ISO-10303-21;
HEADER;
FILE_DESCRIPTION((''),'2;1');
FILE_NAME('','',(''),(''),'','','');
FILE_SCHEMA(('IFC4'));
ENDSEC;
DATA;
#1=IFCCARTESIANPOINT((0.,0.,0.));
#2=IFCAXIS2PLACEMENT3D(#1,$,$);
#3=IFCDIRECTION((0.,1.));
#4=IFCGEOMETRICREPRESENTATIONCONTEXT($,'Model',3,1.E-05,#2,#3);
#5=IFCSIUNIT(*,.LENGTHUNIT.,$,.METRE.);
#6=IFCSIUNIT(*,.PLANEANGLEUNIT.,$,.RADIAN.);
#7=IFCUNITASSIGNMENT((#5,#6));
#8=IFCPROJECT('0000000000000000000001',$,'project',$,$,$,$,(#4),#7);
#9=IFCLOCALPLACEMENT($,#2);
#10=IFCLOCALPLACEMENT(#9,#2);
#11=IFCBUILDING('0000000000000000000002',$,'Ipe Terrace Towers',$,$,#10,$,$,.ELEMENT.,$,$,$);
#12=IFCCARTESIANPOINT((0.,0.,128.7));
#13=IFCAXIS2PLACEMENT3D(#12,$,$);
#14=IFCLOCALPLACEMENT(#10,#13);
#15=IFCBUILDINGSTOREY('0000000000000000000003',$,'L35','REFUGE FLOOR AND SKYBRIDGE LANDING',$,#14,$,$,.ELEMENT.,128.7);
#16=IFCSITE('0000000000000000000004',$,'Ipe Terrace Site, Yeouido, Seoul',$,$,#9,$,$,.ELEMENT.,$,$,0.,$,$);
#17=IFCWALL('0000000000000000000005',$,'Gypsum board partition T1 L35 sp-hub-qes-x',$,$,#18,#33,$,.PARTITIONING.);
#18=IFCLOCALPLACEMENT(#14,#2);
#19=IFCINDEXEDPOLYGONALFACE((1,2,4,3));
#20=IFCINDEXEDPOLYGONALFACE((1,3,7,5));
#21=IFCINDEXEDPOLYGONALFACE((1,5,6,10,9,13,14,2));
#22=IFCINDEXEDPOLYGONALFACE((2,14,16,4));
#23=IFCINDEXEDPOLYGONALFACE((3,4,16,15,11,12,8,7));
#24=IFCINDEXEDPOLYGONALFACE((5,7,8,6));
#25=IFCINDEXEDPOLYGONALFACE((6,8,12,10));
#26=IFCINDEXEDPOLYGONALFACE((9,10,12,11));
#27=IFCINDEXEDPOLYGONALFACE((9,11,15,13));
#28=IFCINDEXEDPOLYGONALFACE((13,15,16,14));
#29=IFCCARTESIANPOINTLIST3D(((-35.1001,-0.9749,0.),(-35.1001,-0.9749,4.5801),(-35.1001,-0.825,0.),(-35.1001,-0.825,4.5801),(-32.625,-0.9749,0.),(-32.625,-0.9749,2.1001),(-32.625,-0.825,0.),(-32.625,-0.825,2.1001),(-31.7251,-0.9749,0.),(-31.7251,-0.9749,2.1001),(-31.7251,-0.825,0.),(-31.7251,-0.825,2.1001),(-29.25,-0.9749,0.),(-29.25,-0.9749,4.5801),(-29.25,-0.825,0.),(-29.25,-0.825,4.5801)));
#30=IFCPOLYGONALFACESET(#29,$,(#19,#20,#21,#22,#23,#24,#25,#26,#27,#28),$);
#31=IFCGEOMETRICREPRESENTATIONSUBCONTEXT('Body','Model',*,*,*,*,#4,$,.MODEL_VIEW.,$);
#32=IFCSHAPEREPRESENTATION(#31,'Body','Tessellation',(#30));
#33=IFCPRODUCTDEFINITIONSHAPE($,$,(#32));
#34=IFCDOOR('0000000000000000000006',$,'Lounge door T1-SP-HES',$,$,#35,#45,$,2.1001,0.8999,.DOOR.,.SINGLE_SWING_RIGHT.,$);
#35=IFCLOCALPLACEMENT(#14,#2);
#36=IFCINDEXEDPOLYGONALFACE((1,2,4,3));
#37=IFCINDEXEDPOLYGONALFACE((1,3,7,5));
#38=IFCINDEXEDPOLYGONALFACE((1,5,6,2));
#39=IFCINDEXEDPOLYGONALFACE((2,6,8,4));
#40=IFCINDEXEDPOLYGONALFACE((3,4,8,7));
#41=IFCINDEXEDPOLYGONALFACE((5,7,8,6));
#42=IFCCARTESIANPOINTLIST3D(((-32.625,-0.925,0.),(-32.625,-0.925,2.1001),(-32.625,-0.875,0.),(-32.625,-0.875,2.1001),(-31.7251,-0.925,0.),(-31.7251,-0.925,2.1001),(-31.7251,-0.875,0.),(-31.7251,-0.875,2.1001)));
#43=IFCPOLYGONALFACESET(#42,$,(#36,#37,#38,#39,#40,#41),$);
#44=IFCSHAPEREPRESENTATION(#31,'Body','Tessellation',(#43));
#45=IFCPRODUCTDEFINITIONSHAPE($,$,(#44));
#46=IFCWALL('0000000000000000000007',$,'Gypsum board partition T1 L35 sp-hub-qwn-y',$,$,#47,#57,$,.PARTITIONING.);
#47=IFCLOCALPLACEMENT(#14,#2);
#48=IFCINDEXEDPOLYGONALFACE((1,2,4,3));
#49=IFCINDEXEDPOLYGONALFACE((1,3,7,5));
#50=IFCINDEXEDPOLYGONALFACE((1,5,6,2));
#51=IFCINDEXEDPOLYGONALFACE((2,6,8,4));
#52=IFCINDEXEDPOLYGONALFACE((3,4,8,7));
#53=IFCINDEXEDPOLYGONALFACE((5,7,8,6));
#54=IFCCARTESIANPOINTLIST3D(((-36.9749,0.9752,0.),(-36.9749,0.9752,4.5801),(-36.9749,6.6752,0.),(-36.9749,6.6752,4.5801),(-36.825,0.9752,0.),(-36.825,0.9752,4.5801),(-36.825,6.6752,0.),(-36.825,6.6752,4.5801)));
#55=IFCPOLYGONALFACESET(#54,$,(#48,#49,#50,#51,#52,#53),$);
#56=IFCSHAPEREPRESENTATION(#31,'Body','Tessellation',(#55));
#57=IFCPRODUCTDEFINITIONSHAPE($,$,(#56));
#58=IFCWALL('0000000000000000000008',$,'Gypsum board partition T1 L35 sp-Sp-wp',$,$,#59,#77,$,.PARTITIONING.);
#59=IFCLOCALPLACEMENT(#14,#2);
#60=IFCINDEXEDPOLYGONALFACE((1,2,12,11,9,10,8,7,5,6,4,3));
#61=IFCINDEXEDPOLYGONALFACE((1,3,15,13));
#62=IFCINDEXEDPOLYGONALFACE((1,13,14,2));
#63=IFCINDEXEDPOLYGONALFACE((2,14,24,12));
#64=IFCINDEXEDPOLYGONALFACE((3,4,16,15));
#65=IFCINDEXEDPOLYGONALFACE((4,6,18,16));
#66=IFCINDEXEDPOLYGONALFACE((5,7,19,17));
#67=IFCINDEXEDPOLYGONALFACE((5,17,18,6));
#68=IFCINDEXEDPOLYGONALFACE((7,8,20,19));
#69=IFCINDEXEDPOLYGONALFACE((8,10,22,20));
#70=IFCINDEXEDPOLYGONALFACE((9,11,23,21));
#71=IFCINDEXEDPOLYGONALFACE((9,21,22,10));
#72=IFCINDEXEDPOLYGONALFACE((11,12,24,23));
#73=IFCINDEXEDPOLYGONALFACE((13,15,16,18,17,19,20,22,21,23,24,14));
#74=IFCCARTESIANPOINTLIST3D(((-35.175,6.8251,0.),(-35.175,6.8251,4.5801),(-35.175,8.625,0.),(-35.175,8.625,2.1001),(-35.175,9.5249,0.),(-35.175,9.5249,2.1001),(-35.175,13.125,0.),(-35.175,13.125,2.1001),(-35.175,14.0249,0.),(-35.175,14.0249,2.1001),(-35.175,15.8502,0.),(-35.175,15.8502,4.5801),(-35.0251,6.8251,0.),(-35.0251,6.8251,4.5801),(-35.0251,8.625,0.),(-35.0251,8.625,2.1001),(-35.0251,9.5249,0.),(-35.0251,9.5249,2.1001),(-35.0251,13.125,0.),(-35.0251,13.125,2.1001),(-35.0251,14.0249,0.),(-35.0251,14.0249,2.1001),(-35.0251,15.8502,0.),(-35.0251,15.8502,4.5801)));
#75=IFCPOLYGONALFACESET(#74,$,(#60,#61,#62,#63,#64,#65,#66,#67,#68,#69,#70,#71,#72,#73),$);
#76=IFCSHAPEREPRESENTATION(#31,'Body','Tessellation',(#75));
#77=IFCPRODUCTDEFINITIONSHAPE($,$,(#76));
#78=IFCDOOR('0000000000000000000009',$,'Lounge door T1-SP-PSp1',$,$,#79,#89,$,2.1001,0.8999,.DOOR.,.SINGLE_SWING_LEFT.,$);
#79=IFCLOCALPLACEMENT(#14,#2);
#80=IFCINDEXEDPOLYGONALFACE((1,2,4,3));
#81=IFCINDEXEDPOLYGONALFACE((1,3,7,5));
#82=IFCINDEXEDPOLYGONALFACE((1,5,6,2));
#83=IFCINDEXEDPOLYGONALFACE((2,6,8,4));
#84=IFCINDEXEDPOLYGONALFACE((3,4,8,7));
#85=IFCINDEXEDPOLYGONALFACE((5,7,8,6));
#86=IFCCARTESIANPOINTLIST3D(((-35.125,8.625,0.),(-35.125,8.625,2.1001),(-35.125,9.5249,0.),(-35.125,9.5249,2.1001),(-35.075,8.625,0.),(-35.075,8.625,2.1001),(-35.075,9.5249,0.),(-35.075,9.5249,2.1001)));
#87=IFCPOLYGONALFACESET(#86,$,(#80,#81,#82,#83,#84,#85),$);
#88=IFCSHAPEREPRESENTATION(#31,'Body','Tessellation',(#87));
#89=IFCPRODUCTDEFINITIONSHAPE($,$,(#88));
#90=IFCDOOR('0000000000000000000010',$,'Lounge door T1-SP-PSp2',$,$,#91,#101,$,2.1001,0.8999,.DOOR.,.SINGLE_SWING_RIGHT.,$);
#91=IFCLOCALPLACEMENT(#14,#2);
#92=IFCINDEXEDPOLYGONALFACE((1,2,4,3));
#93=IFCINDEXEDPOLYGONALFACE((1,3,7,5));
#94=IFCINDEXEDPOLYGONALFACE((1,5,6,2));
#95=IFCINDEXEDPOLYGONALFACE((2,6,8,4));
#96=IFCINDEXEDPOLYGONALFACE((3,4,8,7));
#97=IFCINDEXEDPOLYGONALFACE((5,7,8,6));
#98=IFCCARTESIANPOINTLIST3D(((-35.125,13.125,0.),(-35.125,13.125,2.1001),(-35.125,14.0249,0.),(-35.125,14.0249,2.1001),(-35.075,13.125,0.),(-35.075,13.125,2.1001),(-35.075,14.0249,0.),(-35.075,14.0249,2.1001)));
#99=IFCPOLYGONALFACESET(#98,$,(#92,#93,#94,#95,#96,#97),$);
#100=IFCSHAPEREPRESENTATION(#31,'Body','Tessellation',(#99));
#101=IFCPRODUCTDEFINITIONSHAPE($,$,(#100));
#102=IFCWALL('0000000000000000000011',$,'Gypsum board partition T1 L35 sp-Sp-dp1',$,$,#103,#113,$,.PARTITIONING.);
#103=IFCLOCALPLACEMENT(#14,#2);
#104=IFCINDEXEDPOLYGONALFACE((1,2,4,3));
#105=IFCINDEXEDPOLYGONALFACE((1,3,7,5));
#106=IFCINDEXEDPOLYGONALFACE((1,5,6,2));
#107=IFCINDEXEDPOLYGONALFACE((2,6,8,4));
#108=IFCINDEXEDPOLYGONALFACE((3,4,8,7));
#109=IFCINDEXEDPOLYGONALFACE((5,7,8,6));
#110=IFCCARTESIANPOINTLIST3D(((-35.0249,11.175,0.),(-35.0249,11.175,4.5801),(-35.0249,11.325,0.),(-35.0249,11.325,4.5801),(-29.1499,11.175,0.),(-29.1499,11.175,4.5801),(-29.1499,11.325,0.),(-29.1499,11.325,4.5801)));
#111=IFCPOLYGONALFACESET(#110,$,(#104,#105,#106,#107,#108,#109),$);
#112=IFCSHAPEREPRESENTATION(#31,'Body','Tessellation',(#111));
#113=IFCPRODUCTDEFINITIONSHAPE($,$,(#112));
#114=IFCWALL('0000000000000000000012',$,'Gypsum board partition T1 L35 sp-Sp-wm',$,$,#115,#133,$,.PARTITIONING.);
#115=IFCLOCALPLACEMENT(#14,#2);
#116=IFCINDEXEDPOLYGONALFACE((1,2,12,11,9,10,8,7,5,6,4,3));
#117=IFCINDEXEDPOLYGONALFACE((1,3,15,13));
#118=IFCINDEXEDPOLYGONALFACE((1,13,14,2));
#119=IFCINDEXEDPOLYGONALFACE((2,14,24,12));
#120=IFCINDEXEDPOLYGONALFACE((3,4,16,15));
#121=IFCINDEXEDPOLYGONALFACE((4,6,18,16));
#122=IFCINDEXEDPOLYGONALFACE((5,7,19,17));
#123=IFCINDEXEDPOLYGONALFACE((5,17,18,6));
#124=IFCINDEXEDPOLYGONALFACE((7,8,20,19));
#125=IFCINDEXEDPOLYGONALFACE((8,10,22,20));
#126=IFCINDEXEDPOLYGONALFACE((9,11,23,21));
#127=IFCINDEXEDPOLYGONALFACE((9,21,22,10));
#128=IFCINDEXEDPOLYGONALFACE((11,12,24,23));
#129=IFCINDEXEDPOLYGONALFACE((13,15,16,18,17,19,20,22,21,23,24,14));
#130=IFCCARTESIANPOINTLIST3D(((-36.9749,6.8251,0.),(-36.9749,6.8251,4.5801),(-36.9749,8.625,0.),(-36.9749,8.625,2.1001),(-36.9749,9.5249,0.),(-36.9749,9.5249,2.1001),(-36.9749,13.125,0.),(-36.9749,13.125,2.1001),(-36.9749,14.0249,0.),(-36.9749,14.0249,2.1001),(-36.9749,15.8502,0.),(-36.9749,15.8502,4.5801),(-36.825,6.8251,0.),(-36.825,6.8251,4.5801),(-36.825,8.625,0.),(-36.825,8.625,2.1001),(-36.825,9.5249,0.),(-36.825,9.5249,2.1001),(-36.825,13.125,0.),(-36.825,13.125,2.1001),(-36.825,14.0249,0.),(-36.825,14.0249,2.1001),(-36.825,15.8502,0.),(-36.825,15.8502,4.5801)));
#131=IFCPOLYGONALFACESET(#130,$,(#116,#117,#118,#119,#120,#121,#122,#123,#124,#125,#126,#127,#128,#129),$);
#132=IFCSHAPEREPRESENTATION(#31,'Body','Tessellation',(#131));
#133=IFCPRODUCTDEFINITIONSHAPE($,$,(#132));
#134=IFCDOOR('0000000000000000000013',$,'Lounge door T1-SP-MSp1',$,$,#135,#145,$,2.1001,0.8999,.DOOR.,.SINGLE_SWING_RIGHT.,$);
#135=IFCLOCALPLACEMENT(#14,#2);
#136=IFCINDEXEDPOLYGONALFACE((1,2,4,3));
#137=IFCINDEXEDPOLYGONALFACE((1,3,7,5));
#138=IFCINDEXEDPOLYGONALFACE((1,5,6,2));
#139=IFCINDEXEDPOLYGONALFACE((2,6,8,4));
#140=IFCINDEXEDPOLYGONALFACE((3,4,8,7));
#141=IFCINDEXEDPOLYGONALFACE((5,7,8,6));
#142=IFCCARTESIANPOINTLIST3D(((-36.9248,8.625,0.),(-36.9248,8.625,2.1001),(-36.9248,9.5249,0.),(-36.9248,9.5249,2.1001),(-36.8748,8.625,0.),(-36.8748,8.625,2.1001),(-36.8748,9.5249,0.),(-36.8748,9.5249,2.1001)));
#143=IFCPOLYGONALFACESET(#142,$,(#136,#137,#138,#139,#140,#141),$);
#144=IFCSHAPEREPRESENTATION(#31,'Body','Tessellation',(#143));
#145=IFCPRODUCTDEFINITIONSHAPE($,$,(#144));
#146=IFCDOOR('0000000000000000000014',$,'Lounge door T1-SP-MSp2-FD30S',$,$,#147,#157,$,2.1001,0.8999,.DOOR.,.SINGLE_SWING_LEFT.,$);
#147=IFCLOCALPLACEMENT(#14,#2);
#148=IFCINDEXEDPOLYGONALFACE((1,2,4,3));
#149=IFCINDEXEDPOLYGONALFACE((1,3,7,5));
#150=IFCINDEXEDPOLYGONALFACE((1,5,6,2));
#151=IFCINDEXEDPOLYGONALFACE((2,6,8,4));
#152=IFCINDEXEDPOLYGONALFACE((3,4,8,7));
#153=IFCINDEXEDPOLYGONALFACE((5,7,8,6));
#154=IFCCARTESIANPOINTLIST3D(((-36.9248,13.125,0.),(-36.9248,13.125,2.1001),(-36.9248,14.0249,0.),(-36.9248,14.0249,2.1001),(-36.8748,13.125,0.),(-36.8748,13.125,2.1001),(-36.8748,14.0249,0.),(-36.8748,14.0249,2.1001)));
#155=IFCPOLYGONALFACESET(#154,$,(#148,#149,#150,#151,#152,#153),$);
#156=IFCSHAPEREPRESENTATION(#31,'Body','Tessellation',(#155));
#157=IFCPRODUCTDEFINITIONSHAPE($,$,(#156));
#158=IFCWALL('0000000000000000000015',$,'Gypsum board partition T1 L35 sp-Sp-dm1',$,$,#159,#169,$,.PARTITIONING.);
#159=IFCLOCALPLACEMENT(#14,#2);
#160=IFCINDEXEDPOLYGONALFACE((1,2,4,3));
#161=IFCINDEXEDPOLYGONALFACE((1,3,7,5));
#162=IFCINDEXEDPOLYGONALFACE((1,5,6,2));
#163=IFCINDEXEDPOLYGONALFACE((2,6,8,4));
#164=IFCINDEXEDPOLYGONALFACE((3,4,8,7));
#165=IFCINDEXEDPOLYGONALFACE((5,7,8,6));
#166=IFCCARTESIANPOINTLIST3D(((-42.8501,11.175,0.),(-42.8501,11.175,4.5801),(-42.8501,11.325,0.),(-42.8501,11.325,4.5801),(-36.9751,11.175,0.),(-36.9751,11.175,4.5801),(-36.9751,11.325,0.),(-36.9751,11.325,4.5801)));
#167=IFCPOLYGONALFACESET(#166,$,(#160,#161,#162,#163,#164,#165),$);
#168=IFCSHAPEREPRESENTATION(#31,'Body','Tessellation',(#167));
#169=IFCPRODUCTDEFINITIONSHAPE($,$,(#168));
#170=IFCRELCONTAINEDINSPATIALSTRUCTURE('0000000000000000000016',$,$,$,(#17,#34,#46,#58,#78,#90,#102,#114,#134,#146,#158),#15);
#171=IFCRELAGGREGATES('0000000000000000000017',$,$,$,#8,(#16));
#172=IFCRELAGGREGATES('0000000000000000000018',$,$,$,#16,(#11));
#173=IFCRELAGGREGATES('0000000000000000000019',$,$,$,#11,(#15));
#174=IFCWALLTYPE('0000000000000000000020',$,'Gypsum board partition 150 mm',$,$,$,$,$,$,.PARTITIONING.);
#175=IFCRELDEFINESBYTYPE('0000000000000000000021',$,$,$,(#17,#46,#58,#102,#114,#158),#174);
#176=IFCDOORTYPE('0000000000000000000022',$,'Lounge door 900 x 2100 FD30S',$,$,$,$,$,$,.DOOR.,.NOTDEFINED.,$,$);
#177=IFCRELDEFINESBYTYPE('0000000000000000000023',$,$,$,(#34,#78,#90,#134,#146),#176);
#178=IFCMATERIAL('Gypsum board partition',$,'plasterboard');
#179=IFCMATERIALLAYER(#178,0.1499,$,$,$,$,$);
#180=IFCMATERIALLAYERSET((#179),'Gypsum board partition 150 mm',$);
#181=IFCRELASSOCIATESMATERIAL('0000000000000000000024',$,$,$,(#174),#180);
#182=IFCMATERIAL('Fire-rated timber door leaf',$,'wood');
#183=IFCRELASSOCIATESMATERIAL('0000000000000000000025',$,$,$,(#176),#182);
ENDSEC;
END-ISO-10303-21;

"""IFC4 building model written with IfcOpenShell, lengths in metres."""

from ifc_helpers import new_model, si_unit, direction, frame, frame_2d, origin, place, context, subcontext, project, spatial, rectangle, extrude, material, layer, layer_set, type_object, element, fill, save


model = new_model("IFC4")

# Units and contexts
model_context = context("Model", 3, precision=1e-05, world=origin(), true_north=direction((0.0, 1.0)))
body_context = subcontext(model_context, "Body", "Model", "MODEL_VIEW")
ifc_project = project(units=[si_unit("LENGTHUNIT", "METRE"), si_unit("PLANEANGLEUNIT", "RADIAN")], contexts=[model_context])

# Site, building, storey
site_placement = place(None, origin())
site = spatial("IfcSite", under=ifc_project, at=site_placement, Name="Ipe Terrace Site, Yeouido, Seoul", CompositionType="ELEMENT", RefElevation=0.0)
building_placement = place(site_placement, origin())
building = spatial("IfcBuilding", under=site, at=building_placement, Name="Ipe Terrace Towers", CompositionType="ELEMENT")
storey_placement = place(building_placement, frame((0.0, 0.0, 128.7)))
storey = spatial("IfcBuildingStorey", under=building, at=storey_placement, Name="L35", Description="REFUGE FLOOR AND SKYBRIDGE LANDING", CompositionType="ELEMENT", Elevation=128.7)

# Shared definitions
ifc_material_1 = material(Name="Gypsum board partition", Category="plasterboard")
ifc_layer = layer(ifc_material_1, 0.1499)
ifc_layer_set = layer_set([ifc_layer], Name="Gypsum board partition 150 mm")
wall_type = type_object("IfcWallType", Name="Gypsum board partition 150 mm", PredefinedType="PARTITIONING", material=ifc_layer_set)
ifc_material_2 = material(Name="Fire-rated timber door leaf", Category="wood")
door_type = type_object("IfcDoorType", Name="Lounge door 900 x 2100 FD30S", OperationType="NOTDEFINED", PredefinedType="DOOR", material=ifc_material_2)

# Wall, opening, door
wall_1_placement = place(storey_placement, frame((-35.1001, -0.8999, 0.0), z_axis=(0.0, 0.0, 1.0), x_axis=(1.0, 0.0, 0.0)))
wall_1 = element("IfcWall", 1, at=wall_1_placement, inside=storey, type_object=wall_type, Name="Gypsum board partition T1 L35 sp-hub-qes-x", PredefinedType="PARTITIONING", context=body_context, shape_type="SweptSolid", body=[
    extrude(rectangle(XDim=5.8501, YDim=0.1499, at=frame_2d((2.925, 0.0))), origin(), (0.0, 0.0, 1.0), 4.5801),
])
opening_1_placement = place(wall_1_placement, frame((2.4751, 0.0, 0.0)))
opening_1 = element("IfcOpeningElement", 2, at=opening_1_placement, cuts=wall_1, PredefinedType="OPENING", context=body_context, shape_type="SweptSolid", body=[
    extrude(rectangle(XDim=0.8999, YDim=2.1001, at=frame_2d((0.45, 1.05))), frame((0.0, 0.085, 0.0), z_axis=(0.0, -1.0, 0.0), x_axis=(1.0, 0.0, 0.0)), (0.0, 0.0, 1.0), 0.1699),
])
door_1_placement = place(opening_1_placement, origin())
door_1 = element("IfcDoor", 3, at=door_1_placement, inside=storey, type_object=door_type, Name="Lounge door T1-SP-HES", OperationType="SINGLE_SWING_RIGHT", OverallHeight=2.1001, OverallWidth=0.8999, PredefinedType="DOOR", context=body_context, shape_type="SweptSolid", body=[
    extrude(rectangle(XDim=0.8999, YDim=2.1001, at=frame_2d((0.45, 1.05))), frame((0.0, 0.0249, 0.0), z_axis=(0.0, -1.0, 0.0), x_axis=(1.0, 0.0, 0.0)), (0.0, 0.0, 1.0), 0.05),
])
fill(opening_1, door_1)

# Wall
wall_2_placement = place(storey_placement, frame((-36.8999, 0.9751, 0.0), z_axis=(0.0, 0.0, 1.0), x_axis=(0.0, 1.0, 0.0)))
element("IfcWall", 4, at=wall_2_placement, inside=storey, type_object=wall_type, Name="Gypsum board partition T1 L35 sp-hub-qwn-y", PredefinedType="PARTITIONING", context=body_context, shape_type="SweptSolid", body=[
    extrude(rectangle(XDim=5.7, YDim=0.1499, at=frame_2d((2.8501, 0.0))), origin(), (0.0, 0.0, 1.0), 4.5801),
])

# Wall, openings, doors
wall_3_placement = place(storey_placement, frame((-35.1001, 6.825, 0.0), z_axis=(0.0, 0.0, 1.0), x_axis=(0.0, 1.0, 0.0)))
wall_3 = element("IfcWall", 5, at=wall_3_placement, inside=storey, type_object=wall_type, Name="Gypsum board partition T1 L35 sp-Sp-wp", PredefinedType="PARTITIONING", context=body_context, shape_type="SweptSolid", body=[
    extrude(rectangle(XDim=9.0251, YDim=0.1499, at=frame_2d((4.5127, 0.0))), origin(), (0.0, 0.0, 1.0), 4.5801),
])
opening_2_placement = place(wall_3_placement, frame((1.8, 0.0, 0.0)))
opening_2 = element("IfcOpeningElement", 6, at=opening_2_placement, cuts=wall_3, PredefinedType="OPENING", context=body_context, shape_type="SweptSolid", body=[
    extrude(rectangle(XDim=0.8999, YDim=2.1001, at=frame_2d((0.45, 1.05))), frame((0.0, 0.085, 0.0), z_axis=(0.0, -1.0, 0.0), x_axis=(1.0, 0.0, 0.0)), (0.0, 0.0, 1.0), 0.1699),
])
opening_3_placement = place(wall_3_placement, frame((6.3, 0.0, 0.0)))
opening_3 = element("IfcOpeningElement", 7, at=opening_3_placement, cuts=wall_3, PredefinedType="OPENING", context=body_context, shape_type="SweptSolid", body=[
    extrude(rectangle(XDim=0.8999, YDim=2.1001, at=frame_2d((0.45, 1.05))), frame((0.0, 0.085, 0.0), z_axis=(0.0, -1.0, 0.0), x_axis=(1.0, 0.0, 0.0)), (0.0, 0.0, 1.0), 0.1699),
])
door_2_placement = place(opening_2_placement, origin())
door_2 = element("IfcDoor", 8, at=door_2_placement, inside=storey, type_object=door_type, Name="Lounge door T1-SP-PSp1", OperationType="SINGLE_SWING_LEFT", OverallHeight=2.1001, OverallWidth=0.8999, PredefinedType="DOOR", context=body_context, shape_type="SweptSolid", body=[
    extrude(rectangle(XDim=0.8999, YDim=2.1001, at=frame_2d((0.45, 1.05))), frame((0.0, 0.0249, 0.0), z_axis=(0.0, -1.0, 0.0), x_axis=(1.0, 0.0, 0.0)), (0.0, 0.0, 1.0), 0.05),
])
fill(opening_2, door_2)
door_3_placement = place(opening_3_placement, origin())
door_3 = element("IfcDoor", 9, at=door_3_placement, inside=storey, type_object=door_type, Name="Lounge door T1-SP-PSp2", OperationType="SINGLE_SWING_RIGHT", OverallHeight=2.1001, OverallWidth=0.8999, PredefinedType="DOOR", context=body_context, shape_type="SweptSolid", body=[
    extrude(rectangle(XDim=0.8999, YDim=2.1001, at=frame_2d((0.45, 1.05))), frame((0.0, 0.0249, 0.0), z_axis=(0.0, -1.0, 0.0), x_axis=(1.0, 0.0, 0.0)), (0.0, 0.0, 1.0), 0.05),
])
fill(opening_3, door_3)

# Wall
wall_4_placement = place(storey_placement, frame((-35.0249, 11.25, 0.0), z_axis=(0.0, 0.0, 1.0), x_axis=(1.0, 0.0, 0.0)))
element("IfcWall", 10, at=wall_4_placement, inside=storey, type_object=wall_type, Name="Gypsum board partition T1 L35 sp-Sp-dp1", PredefinedType="PARTITIONING", context=body_context, shape_type="SweptSolid", body=[
    extrude(rectangle(XDim=5.875, YDim=0.1499, at=frame_2d((2.9375, 0.0))), origin(), (0.0, 0.0, 1.0), 4.5801),
])

# Wall, openings, doors
wall_5_placement = place(storey_placement, frame((-36.8999, 6.825, 0.0), z_axis=(0.0, 0.0, 1.0), x_axis=(0.0, 1.0, 0.0)))
wall_5 = element("IfcWall", 11, at=wall_5_placement, inside=storey, type_object=wall_type, Name="Gypsum board partition T1 L35 sp-Sp-wm", PredefinedType="PARTITIONING", context=body_context, shape_type="SweptSolid", body=[
    extrude(rectangle(XDim=9.0251, YDim=0.1499, at=frame_2d((4.5127, 0.0))), origin(), (0.0, 0.0, 1.0), 4.5801),
])
opening_4_placement = place(wall_5_placement, frame((1.8, 0.0, 0.0)))
opening_4 = element("IfcOpeningElement", 12, at=opening_4_placement, cuts=wall_5, PredefinedType="OPENING", context=body_context, shape_type="SweptSolid", body=[
    extrude(rectangle(XDim=0.8999, YDim=2.1001, at=frame_2d((0.45, 1.05))), frame((0.0, 0.085, 0.0), z_axis=(0.0, -1.0, 0.0), x_axis=(1.0, 0.0, 0.0)), (0.0, 0.0, 1.0), 0.1699),
])
opening_5_placement = place(wall_5_placement, frame((6.3, 0.0, 0.0)))
opening_5 = element("IfcOpeningElement", 13, at=opening_5_placement, cuts=wall_5, PredefinedType="OPENING", context=body_context, shape_type="SweptSolid", body=[
    extrude(rectangle(XDim=0.8999, YDim=2.1001, at=frame_2d((0.45, 1.05))), frame((0.0, 0.085, 0.0), z_axis=(0.0, -1.0, 0.0), x_axis=(1.0, 0.0, 0.0)), (0.0, 0.0, 1.0), 0.1699),
])
door_4_placement = place(opening_4_placement, origin())
door_4 = element("IfcDoor", 14, at=door_4_placement, inside=storey, type_object=door_type, Name="Lounge door T1-SP-MSp1", OperationType="SINGLE_SWING_RIGHT", OverallHeight=2.1001, OverallWidth=0.8999, PredefinedType="DOOR", context=body_context, shape_type="SweptSolid", body=[
    extrude(rectangle(XDim=0.8999, YDim=2.1001, at=frame_2d((0.45, 1.05))), frame((0.0, 0.0249, 0.0), z_axis=(0.0, -1.0, 0.0), x_axis=(1.0, 0.0, 0.0)), (0.0, 0.0, 1.0), 0.05),
])
fill(opening_4, door_4)
door_5_placement = place(opening_5_placement, origin())
door_5 = element("IfcDoor", 15, at=door_5_placement, inside=storey, type_object=door_type, Name="Lounge door T1-SP-MSp2-FD30S", OperationType="SINGLE_SWING_LEFT", OverallHeight=2.1001, OverallWidth=0.8999, PredefinedType="DOOR", context=body_context, shape_type="SweptSolid", body=[
    extrude(rectangle(XDim=0.8999, YDim=2.1001, at=frame_2d((0.45, 1.05))), frame((0.0, 0.0249, 0.0), z_axis=(0.0, -1.0, 0.0), x_axis=(1.0, 0.0, 0.0)), (0.0, 0.0, 1.0), 0.05),
])
fill(opening_5, door_5)

# Wall
wall_6_placement = place(storey_placement, frame((-36.9751, 11.25, 0.0), z_axis=(0.0, 0.0, 1.0), x_axis=(-1.0, 0.0, 0.0)))
element("IfcWall", 16, at=wall_6_placement, inside=storey, type_object=wall_type, Name="Gypsum board partition T1 L35 sp-Sp-dm1", PredefinedType="PARTITIONING", context=body_context, shape_type="SweptSolid", body=[
    extrude(rectangle(XDim=5.875, YDim=0.1499, at=frame_2d((2.9375, 0.0))), origin(), (0.0, 0.0, 1.0), 4.5801),
])

save(model, "model.ifc")
